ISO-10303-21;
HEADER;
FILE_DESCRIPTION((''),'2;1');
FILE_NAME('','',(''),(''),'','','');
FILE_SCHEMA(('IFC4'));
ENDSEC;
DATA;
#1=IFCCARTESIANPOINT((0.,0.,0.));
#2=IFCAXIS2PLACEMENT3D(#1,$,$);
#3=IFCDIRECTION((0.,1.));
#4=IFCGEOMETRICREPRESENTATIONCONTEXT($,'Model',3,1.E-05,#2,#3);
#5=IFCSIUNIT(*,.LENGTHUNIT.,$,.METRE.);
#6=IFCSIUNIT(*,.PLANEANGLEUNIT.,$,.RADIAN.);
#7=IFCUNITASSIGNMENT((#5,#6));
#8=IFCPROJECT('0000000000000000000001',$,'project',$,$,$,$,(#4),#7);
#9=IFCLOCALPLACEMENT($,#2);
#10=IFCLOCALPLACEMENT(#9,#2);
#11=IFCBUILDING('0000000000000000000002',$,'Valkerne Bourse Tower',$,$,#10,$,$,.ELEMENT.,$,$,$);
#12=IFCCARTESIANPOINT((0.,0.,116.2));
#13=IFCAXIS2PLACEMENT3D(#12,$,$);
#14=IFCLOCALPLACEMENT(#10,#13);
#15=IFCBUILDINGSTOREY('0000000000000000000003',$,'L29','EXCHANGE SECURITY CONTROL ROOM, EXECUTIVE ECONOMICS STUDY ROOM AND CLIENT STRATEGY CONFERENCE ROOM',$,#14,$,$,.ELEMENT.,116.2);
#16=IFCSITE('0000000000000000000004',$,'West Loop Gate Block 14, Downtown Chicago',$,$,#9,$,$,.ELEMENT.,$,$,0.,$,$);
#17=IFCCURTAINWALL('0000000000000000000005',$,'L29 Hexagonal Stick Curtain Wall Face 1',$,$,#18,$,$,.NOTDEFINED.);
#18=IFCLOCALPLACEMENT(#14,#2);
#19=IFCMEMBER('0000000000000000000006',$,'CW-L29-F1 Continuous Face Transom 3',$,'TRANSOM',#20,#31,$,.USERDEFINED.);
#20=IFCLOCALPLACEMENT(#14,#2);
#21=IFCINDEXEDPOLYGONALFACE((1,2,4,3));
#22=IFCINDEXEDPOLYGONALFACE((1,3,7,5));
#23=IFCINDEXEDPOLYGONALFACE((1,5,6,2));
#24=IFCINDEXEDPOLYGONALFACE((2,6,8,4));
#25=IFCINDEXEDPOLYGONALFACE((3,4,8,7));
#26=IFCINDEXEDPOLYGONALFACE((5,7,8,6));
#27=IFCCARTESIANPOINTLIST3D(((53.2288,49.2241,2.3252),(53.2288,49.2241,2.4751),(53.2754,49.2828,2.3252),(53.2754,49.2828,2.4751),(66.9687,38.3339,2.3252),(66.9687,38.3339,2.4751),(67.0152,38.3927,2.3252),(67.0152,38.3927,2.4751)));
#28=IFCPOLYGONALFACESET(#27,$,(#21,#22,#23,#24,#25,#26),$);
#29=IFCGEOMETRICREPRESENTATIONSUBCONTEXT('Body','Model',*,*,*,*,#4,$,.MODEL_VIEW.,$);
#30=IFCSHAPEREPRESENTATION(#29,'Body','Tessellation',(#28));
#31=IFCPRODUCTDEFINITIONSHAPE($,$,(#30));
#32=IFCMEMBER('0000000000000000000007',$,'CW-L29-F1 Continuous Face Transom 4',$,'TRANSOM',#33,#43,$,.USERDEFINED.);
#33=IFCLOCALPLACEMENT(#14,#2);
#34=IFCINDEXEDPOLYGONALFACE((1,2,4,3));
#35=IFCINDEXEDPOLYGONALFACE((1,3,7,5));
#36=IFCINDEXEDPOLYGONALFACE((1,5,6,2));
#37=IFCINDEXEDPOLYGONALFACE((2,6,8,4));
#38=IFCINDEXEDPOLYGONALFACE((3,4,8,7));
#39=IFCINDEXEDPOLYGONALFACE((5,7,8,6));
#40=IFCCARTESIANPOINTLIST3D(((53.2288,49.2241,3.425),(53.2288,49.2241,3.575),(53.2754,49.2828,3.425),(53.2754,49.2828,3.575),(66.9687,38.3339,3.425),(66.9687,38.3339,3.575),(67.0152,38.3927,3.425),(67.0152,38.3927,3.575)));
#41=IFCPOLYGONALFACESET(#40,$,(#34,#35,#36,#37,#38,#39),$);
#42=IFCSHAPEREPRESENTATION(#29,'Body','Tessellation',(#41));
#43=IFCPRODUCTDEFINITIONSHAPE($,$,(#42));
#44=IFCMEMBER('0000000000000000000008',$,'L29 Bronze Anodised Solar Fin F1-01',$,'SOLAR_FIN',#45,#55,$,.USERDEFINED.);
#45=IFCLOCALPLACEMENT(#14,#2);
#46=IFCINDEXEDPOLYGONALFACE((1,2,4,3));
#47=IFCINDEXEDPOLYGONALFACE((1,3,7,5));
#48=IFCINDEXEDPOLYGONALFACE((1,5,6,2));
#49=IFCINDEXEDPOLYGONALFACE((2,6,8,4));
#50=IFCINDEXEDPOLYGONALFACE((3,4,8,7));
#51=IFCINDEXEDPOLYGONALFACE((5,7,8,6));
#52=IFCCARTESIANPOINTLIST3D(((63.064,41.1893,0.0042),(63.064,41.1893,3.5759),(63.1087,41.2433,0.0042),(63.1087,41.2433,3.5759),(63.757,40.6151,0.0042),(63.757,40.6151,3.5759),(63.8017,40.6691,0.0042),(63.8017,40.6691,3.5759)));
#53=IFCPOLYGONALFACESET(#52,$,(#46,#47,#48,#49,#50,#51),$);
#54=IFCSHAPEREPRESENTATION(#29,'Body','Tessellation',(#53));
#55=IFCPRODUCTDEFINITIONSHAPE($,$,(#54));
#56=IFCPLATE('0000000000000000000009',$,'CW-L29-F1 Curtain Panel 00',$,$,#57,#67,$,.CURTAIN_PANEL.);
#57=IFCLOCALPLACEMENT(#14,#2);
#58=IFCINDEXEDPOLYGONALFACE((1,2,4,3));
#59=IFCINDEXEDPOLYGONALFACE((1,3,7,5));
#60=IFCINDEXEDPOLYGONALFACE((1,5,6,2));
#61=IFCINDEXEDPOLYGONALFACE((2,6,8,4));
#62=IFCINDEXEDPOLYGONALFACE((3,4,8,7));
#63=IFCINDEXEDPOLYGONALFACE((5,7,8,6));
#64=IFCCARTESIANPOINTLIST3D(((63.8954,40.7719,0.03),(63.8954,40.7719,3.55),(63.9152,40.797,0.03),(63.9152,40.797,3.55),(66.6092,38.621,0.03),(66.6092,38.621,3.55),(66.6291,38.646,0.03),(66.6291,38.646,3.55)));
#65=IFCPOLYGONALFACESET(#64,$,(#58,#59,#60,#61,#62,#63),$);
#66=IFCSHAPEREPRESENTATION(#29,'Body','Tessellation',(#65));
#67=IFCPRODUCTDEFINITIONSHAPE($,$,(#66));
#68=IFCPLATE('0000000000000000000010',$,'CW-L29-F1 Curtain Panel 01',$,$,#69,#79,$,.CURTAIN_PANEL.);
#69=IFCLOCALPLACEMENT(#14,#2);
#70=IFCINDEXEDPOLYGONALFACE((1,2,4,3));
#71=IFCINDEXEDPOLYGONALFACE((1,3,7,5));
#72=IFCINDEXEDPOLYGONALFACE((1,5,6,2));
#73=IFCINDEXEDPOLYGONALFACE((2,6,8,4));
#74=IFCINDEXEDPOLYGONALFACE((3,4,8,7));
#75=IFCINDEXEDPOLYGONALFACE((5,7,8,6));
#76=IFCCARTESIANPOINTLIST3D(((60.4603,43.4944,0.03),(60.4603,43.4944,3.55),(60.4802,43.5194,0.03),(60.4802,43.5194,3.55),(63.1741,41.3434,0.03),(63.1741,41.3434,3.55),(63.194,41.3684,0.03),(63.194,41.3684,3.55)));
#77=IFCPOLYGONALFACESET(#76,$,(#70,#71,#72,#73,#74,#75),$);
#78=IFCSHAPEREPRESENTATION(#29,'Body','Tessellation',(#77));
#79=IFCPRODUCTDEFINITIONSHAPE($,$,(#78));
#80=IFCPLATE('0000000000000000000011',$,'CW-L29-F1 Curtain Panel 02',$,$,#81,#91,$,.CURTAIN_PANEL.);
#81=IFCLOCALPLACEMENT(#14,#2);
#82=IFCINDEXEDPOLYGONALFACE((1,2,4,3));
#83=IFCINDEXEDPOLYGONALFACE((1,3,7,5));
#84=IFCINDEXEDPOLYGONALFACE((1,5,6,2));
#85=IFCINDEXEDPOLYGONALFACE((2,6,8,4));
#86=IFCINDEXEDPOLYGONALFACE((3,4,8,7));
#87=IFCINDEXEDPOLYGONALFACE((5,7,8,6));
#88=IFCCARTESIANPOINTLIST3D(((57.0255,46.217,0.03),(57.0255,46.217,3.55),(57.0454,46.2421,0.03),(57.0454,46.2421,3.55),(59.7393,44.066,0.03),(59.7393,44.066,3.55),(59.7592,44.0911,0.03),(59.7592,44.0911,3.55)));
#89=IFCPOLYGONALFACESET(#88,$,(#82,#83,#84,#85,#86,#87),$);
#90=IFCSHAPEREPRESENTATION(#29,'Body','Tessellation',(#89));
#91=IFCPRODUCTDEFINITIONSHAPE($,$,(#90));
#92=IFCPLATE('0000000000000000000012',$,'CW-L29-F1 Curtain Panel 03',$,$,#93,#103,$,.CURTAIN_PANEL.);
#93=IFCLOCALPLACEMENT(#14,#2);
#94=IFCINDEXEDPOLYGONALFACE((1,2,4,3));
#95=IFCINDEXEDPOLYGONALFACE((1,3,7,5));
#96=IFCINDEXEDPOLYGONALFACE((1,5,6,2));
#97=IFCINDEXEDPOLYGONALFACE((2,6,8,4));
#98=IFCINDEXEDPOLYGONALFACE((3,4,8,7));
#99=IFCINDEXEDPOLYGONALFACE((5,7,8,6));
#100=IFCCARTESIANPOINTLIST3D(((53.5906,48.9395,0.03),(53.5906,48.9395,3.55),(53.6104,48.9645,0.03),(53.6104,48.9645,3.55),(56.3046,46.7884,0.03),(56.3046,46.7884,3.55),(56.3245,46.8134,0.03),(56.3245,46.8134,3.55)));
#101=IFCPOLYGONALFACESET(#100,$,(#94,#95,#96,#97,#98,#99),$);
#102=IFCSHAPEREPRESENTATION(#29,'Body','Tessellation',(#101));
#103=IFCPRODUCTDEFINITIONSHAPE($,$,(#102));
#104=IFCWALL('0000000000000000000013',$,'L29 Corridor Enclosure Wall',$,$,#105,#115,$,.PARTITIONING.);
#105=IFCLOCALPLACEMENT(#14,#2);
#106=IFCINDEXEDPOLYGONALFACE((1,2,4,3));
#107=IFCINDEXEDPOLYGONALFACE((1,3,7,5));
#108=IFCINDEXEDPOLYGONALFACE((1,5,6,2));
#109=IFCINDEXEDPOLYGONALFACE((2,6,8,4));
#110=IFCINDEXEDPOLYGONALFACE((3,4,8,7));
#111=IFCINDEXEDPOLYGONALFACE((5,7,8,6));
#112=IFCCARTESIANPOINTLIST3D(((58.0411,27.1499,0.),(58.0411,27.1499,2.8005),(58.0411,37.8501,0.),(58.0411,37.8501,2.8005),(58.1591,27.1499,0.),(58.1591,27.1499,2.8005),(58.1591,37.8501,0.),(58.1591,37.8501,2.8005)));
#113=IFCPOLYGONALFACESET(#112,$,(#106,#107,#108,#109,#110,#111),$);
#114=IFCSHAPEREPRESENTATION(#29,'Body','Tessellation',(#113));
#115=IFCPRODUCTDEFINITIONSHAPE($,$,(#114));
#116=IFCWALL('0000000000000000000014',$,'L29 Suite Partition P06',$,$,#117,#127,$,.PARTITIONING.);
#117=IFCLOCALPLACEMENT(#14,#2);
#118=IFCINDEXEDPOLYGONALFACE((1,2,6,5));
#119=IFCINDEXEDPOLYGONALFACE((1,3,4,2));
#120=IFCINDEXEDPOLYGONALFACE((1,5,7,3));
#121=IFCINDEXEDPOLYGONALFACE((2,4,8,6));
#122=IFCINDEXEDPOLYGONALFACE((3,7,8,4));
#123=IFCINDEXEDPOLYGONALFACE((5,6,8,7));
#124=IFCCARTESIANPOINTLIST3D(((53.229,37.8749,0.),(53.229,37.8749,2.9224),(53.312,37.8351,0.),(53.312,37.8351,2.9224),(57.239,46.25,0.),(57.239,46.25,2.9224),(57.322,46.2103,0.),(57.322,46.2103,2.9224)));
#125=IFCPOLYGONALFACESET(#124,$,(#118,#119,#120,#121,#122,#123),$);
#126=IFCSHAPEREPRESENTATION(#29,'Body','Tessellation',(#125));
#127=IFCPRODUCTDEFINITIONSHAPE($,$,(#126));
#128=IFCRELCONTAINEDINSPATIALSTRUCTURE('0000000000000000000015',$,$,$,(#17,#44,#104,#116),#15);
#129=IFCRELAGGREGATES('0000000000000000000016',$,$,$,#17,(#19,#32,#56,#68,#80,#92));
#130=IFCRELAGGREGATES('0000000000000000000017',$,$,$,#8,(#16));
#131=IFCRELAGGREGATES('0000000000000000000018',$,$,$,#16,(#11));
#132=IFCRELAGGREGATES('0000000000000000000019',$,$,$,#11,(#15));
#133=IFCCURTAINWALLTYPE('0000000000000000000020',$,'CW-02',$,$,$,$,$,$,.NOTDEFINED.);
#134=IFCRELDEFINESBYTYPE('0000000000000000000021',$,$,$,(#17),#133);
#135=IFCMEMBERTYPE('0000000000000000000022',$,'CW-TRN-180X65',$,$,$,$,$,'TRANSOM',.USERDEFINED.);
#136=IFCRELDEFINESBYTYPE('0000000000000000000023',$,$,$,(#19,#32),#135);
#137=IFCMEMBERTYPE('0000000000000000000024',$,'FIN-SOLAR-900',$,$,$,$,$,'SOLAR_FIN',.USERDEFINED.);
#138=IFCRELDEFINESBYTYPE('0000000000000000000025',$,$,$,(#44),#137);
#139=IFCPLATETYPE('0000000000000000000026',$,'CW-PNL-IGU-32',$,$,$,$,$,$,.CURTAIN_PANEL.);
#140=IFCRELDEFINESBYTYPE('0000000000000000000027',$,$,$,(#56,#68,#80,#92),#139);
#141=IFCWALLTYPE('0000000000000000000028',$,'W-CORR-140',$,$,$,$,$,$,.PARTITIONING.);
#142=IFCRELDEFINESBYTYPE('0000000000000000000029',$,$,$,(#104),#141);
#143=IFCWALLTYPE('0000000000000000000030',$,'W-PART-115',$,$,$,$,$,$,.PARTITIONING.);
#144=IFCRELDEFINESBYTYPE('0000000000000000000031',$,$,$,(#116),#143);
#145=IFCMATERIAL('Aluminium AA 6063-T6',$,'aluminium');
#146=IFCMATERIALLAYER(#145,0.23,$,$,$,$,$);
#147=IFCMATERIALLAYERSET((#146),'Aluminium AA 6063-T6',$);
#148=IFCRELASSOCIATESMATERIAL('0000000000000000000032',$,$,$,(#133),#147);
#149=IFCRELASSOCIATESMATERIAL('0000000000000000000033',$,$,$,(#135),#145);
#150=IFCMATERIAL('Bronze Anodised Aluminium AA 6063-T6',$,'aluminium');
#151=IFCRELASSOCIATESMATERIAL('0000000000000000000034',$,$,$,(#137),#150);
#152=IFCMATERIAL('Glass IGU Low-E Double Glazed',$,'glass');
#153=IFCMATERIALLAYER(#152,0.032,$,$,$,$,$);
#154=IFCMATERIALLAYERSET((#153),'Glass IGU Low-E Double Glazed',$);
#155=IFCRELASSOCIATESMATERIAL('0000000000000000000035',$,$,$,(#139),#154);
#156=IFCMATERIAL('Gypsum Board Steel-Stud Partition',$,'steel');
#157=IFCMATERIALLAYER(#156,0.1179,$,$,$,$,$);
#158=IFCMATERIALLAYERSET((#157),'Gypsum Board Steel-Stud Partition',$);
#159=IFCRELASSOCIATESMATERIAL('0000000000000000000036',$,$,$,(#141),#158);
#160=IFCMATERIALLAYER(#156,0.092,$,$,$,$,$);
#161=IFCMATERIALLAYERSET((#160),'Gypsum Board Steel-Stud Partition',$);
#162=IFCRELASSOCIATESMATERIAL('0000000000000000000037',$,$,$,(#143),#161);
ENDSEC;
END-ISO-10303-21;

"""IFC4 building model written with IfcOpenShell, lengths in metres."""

from ifc_helpers import new_model, si_unit, direction, frame, frame_2d, origin, origin_2d, place, context, subcontext, project, spatial, rectangle, extrude, material, layer, layer_set, material_profile, profile_set, type_object, element, aggregate, save


model = new_model("IFC4")

# Units and contexts
model_context = context("Model", 3, precision=1e-05, world=origin(), true_north=direction((0.0, 1.0)))
body_context = subcontext(model_context, "Body", "Model", "MODEL_VIEW")
ifc_project = project(units=[si_unit("LENGTHUNIT", "METRE"), si_unit("PLANEANGLEUNIT", "RADIAN")], contexts=[model_context])

# Site, building, storey
site_placement = place(None, origin())
site = spatial("IfcSite", under=ifc_project, at=site_placement, Name="West Loop Gate Block 14, Downtown Chicago", CompositionType="ELEMENT", RefElevation=0.0)
building_placement = place(site_placement, origin())
building = spatial("IfcBuilding", under=site, at=building_placement, Name="Valkerne Bourse Tower", CompositionType="ELEMENT")
storey_placement = place(building_placement, frame((0.0, 0.0, 116.2)))
storey = spatial("IfcBuildingStorey", under=building, at=storey_placement, Name="L29", Description="EXCHANGE SECURITY CONTROL ROOM, EXECUTIVE ECONOMICS STUDY ROOM AND CLIENT STRATEGY CONFERENCE ROOM", CompositionType="ELEMENT", Elevation=116.2)

# Curtain wall, members
ifc_material_1 = material(Name="Aluminium AA 6063-T6", Category="aluminium")
ifc_layer_1 = layer(ifc_material_1, 0.23)
ifc_layer_set_1 = layer_set([ifc_layer_1], Name="Aluminium AA 6063-T6")
curtain_wall_type = type_object("IfcCurtainWallType", Name="CW-02", PredefinedType="NOTDEFINED", material=ifc_layer_set_1)
curtain_wall_placement = place(storey_placement, origin())
curtain_wall = element("IfcCurtainWall", 1, at=curtain_wall_placement, inside=storey, type_object=curtain_wall_type, Name="L29 Hexagonal Stick Curtain Wall Face 1", PredefinedType="NOTDEFINED")
ifc_material_profile_1 = material_profile(ifc_material_1, rectangle(XDim=0.075, YDim=0.1499, at=origin_2d()), Name="CWT-75X150")
ifc_profile_set_1 = profile_set([ifc_material_profile_1], Name="Aluminium AA 6063-T6")
member_type_1 = type_object("IfcMemberType", Name="CW-TRN-180X65", ElementType="TRANSOM", PredefinedType="USERDEFINED", material=ifc_profile_set_1)
member_1_placement = place(storey_placement, frame((66.9919, 38.3633, 2.4001), z_axis=(-0.783689, 0.621153, 0.0), x_axis=(-0.621153, -0.783689, 0.0)))
member_1 = element("IfcMember", 2, at=member_1_placement, type_object=member_type_1, Name="CW-L29-F1 Continuous Face Transom 3", ObjectType="TRANSOM", PredefinedType="USERDEFINED", context=body_context, shape_type="SweptSolid", body=[
    extrude(rectangle(XDim=0.075, YDim=0.1499, at=origin_2d()), origin(), (0.0, 0.0, 1.0), 17.5322),
])
member_2_placement = place(storey_placement, frame((66.9919, 38.3633, 3.5), z_axis=(-0.783689, 0.621153, 0.0), x_axis=(-0.621153, -0.783689, 0.0)))
member_2 = element("IfcMember", 3, at=member_2_placement, type_object=member_type_1, Name="CW-L29-F1 Continuous Face Transom 4", ObjectType="TRANSOM", PredefinedType="USERDEFINED", context=body_context, shape_type="SweptSolid", body=[
    extrude(rectangle(XDim=0.075, YDim=0.1499, at=origin_2d()), origin(), (0.0, 0.0, 1.0), 17.5322),
])

# Member
ifc_material_2 = material(Name="Bronze Anodised Aluminium AA 6063-T6", Category="aluminium")
ifc_material_profile_2 = material_profile(ifc_material_2, rectangle(XDim=0.0701, YDim=0.8999, at=origin_2d()), Name="FIN-70X900")
ifc_profile_set_2 = profile_set([ifc_material_profile_2], Name="Bronze Anodised Aluminium AA 6063-T6")
member_type_2 = type_object("IfcMemberType", Name="FIN-SOLAR-900", ElementType="SOLAR_FIN", PredefinedType="USERDEFINED", material=ifc_profile_set_2)
member_3_placement = place(storey_placement, frame((63.4329, 40.9292, 0.0042), z_axis=(0.0, 0.0, 1.0), x_axis=(0.638026, 0.770015, 0.0)))
element("IfcMember", 4, at=member_3_placement, inside=storey, type_object=member_type_2, Name="L29 Bronze Anodised Solar Fin F1-01", ObjectType="SOLAR_FIN", PredefinedType="USERDEFINED", context=body_context, shape_type="SweptSolid", body=[
    extrude(rectangle(XDim=0.0701, YDim=0.8999, at=origin_2d()), origin(), (0.0, 0.0, 1.0), 3.5718),
])

# Plates
ifc_material_3 = material(Name="Glass IGU Low-E Double Glazed", Category="glass")
ifc_layer_2 = layer(ifc_material_3, 0.032)
ifc_layer_set_2 = layer_set([ifc_layer_2], Name="Glass IGU Low-E Double Glazed")
plate_type = type_object("IfcPlateType", Name="CW-PNL-IGU-32", PredefinedType="CURTAIN_PANEL", material=ifc_layer_set_2)
plate_1_placement = place(storey_placement, frame((65.2622, 39.709, 0.03), z_axis=(0.0, 0.0, 1.0), x_axis=(-0.78369, 0.621152, 0.0)))
plate_1 = element("IfcPlate", 5, at=plate_1_placement, type_object=plate_type, Name="CW-L29-F1 Curtain Panel 00", PredefinedType="CURTAIN_PANEL", context=body_context, shape_type="SweptSolid", body=[
    extrude(rectangle(XDim=3.4629, YDim=0.032, at=origin_2d()), origin(), (0.0, 0.0, 1.0), 3.52),
])
plate_2_placement = place(storey_placement, frame((61.8271, 42.4314, 0.03), z_axis=(0.0, 0.0, 1.0), x_axis=(-0.78369, 0.621152, 0.0)))
plate_2 = element("IfcPlate", 6, at=plate_2_placement, type_object=plate_type, Name="CW-L29-F1 Curtain Panel 01", PredefinedType="CURTAIN_PANEL", context=body_context, shape_type="SweptSolid", body=[
    extrude(rectangle(XDim=3.4629, YDim=0.032, at=origin_2d()), origin(), (0.0, 0.0, 1.0), 3.52),
])
plate_3_placement = place(storey_placement, frame((58.3923, 45.1541, 0.03), z_axis=(0.0, 0.0, 1.0), x_axis=(-0.78369, 0.621152, 0.0)))
plate_3 = element("IfcPlate", 7, at=plate_3_placement, type_object=plate_type, Name="CW-L29-F1 Curtain Panel 02", PredefinedType="CURTAIN_PANEL", context=body_context, shape_type="SweptSolid", body=[
    extrude(rectangle(XDim=3.4629, YDim=0.032, at=origin_2d()), origin(), (0.0, 0.0, 1.0), 3.52),
])
plate_4_placement = place(storey_placement, frame((54.9575, 47.8765, 0.03), z_axis=(0.0, 0.0, 1.0), x_axis=(-0.783699, 0.621141, 0.0)))
plate_4 = element("IfcPlate", 8, at=plate_4_placement, type_object=plate_type, Name="CW-L29-F1 Curtain Panel 03", PredefinedType="CURTAIN_PANEL", context=body_context, shape_type="SweptSolid", body=[
    extrude(rectangle(XDim=3.4631, YDim=0.032, at=origin_2d()), origin(), (0.0, 0.0, 1.0), 3.52),
])
aggregate(curtain_wall, [member_1, member_2, plate_1, plate_2, plate_3, plate_4])

# Walls
ifc_material_4 = material(Name="Gypsum Board Steel-Stud Partition", Category="steel")
ifc_layer_3 = layer(ifc_material_4, 0.1179)
ifc_layer_set_3 = layer_set([ifc_layer_3], Name="Gypsum Board Steel-Stud Partition")
wall_type_1 = type_object("IfcWallType", Name="W-CORR-140", PredefinedType="PARTITIONING", material=ifc_layer_set_3)
wall_1_placement = place(storey_placement, frame((58.1001, 37.8501, 0.0), z_axis=(0.0, 0.0, 1.0), x_axis=(0.0, -1.0, 0.0)))
element("IfcWall", 9, at=wall_1_placement, inside=storey, type_object=wall_type_1, Name="L29 Corridor Enclosure Wall", PredefinedType="PARTITIONING", context=body_context, shape_type="SweptSolid", body=[
    extrude(rectangle(XDim=10.7002, YDim=0.1179, at=frame_2d((5.3501, 0.0))), origin(), (0.0, 0.0, 1.0), 2.8005),
])
ifc_layer_4 = layer(ifc_material_4, 0.092)
ifc_layer_set_4 = layer_set([ifc_layer_4], Name="Gypsum Board Steel-Stud Partition")
wall_type_2 = type_object("IfcWallType", Name="W-PART-115", PredefinedType="PARTITIONING", material=ifc_layer_set_4)
wall_2_placement = place(storey_placement, frame((53.2705, 37.855, 0.0), z_axis=(0.0, 0.0, 1.0), x_axis=(0.431846, 0.901947, 0.0)))
element("IfcWall", 10, at=wall_2_placement, inside=storey, type_object=wall_type_2, Name="L29 Suite Partition P06", PredefinedType="PARTITIONING", context=body_context, shape_type="SweptSolid", body=[
    extrude(rectangle(XDim=9.2856, YDim=0.092, at=frame_2d((4.6428, 0.0))), origin(), (0.0, 0.0, 1.0), 2.9224),
])

save(model, "model.ifc")
